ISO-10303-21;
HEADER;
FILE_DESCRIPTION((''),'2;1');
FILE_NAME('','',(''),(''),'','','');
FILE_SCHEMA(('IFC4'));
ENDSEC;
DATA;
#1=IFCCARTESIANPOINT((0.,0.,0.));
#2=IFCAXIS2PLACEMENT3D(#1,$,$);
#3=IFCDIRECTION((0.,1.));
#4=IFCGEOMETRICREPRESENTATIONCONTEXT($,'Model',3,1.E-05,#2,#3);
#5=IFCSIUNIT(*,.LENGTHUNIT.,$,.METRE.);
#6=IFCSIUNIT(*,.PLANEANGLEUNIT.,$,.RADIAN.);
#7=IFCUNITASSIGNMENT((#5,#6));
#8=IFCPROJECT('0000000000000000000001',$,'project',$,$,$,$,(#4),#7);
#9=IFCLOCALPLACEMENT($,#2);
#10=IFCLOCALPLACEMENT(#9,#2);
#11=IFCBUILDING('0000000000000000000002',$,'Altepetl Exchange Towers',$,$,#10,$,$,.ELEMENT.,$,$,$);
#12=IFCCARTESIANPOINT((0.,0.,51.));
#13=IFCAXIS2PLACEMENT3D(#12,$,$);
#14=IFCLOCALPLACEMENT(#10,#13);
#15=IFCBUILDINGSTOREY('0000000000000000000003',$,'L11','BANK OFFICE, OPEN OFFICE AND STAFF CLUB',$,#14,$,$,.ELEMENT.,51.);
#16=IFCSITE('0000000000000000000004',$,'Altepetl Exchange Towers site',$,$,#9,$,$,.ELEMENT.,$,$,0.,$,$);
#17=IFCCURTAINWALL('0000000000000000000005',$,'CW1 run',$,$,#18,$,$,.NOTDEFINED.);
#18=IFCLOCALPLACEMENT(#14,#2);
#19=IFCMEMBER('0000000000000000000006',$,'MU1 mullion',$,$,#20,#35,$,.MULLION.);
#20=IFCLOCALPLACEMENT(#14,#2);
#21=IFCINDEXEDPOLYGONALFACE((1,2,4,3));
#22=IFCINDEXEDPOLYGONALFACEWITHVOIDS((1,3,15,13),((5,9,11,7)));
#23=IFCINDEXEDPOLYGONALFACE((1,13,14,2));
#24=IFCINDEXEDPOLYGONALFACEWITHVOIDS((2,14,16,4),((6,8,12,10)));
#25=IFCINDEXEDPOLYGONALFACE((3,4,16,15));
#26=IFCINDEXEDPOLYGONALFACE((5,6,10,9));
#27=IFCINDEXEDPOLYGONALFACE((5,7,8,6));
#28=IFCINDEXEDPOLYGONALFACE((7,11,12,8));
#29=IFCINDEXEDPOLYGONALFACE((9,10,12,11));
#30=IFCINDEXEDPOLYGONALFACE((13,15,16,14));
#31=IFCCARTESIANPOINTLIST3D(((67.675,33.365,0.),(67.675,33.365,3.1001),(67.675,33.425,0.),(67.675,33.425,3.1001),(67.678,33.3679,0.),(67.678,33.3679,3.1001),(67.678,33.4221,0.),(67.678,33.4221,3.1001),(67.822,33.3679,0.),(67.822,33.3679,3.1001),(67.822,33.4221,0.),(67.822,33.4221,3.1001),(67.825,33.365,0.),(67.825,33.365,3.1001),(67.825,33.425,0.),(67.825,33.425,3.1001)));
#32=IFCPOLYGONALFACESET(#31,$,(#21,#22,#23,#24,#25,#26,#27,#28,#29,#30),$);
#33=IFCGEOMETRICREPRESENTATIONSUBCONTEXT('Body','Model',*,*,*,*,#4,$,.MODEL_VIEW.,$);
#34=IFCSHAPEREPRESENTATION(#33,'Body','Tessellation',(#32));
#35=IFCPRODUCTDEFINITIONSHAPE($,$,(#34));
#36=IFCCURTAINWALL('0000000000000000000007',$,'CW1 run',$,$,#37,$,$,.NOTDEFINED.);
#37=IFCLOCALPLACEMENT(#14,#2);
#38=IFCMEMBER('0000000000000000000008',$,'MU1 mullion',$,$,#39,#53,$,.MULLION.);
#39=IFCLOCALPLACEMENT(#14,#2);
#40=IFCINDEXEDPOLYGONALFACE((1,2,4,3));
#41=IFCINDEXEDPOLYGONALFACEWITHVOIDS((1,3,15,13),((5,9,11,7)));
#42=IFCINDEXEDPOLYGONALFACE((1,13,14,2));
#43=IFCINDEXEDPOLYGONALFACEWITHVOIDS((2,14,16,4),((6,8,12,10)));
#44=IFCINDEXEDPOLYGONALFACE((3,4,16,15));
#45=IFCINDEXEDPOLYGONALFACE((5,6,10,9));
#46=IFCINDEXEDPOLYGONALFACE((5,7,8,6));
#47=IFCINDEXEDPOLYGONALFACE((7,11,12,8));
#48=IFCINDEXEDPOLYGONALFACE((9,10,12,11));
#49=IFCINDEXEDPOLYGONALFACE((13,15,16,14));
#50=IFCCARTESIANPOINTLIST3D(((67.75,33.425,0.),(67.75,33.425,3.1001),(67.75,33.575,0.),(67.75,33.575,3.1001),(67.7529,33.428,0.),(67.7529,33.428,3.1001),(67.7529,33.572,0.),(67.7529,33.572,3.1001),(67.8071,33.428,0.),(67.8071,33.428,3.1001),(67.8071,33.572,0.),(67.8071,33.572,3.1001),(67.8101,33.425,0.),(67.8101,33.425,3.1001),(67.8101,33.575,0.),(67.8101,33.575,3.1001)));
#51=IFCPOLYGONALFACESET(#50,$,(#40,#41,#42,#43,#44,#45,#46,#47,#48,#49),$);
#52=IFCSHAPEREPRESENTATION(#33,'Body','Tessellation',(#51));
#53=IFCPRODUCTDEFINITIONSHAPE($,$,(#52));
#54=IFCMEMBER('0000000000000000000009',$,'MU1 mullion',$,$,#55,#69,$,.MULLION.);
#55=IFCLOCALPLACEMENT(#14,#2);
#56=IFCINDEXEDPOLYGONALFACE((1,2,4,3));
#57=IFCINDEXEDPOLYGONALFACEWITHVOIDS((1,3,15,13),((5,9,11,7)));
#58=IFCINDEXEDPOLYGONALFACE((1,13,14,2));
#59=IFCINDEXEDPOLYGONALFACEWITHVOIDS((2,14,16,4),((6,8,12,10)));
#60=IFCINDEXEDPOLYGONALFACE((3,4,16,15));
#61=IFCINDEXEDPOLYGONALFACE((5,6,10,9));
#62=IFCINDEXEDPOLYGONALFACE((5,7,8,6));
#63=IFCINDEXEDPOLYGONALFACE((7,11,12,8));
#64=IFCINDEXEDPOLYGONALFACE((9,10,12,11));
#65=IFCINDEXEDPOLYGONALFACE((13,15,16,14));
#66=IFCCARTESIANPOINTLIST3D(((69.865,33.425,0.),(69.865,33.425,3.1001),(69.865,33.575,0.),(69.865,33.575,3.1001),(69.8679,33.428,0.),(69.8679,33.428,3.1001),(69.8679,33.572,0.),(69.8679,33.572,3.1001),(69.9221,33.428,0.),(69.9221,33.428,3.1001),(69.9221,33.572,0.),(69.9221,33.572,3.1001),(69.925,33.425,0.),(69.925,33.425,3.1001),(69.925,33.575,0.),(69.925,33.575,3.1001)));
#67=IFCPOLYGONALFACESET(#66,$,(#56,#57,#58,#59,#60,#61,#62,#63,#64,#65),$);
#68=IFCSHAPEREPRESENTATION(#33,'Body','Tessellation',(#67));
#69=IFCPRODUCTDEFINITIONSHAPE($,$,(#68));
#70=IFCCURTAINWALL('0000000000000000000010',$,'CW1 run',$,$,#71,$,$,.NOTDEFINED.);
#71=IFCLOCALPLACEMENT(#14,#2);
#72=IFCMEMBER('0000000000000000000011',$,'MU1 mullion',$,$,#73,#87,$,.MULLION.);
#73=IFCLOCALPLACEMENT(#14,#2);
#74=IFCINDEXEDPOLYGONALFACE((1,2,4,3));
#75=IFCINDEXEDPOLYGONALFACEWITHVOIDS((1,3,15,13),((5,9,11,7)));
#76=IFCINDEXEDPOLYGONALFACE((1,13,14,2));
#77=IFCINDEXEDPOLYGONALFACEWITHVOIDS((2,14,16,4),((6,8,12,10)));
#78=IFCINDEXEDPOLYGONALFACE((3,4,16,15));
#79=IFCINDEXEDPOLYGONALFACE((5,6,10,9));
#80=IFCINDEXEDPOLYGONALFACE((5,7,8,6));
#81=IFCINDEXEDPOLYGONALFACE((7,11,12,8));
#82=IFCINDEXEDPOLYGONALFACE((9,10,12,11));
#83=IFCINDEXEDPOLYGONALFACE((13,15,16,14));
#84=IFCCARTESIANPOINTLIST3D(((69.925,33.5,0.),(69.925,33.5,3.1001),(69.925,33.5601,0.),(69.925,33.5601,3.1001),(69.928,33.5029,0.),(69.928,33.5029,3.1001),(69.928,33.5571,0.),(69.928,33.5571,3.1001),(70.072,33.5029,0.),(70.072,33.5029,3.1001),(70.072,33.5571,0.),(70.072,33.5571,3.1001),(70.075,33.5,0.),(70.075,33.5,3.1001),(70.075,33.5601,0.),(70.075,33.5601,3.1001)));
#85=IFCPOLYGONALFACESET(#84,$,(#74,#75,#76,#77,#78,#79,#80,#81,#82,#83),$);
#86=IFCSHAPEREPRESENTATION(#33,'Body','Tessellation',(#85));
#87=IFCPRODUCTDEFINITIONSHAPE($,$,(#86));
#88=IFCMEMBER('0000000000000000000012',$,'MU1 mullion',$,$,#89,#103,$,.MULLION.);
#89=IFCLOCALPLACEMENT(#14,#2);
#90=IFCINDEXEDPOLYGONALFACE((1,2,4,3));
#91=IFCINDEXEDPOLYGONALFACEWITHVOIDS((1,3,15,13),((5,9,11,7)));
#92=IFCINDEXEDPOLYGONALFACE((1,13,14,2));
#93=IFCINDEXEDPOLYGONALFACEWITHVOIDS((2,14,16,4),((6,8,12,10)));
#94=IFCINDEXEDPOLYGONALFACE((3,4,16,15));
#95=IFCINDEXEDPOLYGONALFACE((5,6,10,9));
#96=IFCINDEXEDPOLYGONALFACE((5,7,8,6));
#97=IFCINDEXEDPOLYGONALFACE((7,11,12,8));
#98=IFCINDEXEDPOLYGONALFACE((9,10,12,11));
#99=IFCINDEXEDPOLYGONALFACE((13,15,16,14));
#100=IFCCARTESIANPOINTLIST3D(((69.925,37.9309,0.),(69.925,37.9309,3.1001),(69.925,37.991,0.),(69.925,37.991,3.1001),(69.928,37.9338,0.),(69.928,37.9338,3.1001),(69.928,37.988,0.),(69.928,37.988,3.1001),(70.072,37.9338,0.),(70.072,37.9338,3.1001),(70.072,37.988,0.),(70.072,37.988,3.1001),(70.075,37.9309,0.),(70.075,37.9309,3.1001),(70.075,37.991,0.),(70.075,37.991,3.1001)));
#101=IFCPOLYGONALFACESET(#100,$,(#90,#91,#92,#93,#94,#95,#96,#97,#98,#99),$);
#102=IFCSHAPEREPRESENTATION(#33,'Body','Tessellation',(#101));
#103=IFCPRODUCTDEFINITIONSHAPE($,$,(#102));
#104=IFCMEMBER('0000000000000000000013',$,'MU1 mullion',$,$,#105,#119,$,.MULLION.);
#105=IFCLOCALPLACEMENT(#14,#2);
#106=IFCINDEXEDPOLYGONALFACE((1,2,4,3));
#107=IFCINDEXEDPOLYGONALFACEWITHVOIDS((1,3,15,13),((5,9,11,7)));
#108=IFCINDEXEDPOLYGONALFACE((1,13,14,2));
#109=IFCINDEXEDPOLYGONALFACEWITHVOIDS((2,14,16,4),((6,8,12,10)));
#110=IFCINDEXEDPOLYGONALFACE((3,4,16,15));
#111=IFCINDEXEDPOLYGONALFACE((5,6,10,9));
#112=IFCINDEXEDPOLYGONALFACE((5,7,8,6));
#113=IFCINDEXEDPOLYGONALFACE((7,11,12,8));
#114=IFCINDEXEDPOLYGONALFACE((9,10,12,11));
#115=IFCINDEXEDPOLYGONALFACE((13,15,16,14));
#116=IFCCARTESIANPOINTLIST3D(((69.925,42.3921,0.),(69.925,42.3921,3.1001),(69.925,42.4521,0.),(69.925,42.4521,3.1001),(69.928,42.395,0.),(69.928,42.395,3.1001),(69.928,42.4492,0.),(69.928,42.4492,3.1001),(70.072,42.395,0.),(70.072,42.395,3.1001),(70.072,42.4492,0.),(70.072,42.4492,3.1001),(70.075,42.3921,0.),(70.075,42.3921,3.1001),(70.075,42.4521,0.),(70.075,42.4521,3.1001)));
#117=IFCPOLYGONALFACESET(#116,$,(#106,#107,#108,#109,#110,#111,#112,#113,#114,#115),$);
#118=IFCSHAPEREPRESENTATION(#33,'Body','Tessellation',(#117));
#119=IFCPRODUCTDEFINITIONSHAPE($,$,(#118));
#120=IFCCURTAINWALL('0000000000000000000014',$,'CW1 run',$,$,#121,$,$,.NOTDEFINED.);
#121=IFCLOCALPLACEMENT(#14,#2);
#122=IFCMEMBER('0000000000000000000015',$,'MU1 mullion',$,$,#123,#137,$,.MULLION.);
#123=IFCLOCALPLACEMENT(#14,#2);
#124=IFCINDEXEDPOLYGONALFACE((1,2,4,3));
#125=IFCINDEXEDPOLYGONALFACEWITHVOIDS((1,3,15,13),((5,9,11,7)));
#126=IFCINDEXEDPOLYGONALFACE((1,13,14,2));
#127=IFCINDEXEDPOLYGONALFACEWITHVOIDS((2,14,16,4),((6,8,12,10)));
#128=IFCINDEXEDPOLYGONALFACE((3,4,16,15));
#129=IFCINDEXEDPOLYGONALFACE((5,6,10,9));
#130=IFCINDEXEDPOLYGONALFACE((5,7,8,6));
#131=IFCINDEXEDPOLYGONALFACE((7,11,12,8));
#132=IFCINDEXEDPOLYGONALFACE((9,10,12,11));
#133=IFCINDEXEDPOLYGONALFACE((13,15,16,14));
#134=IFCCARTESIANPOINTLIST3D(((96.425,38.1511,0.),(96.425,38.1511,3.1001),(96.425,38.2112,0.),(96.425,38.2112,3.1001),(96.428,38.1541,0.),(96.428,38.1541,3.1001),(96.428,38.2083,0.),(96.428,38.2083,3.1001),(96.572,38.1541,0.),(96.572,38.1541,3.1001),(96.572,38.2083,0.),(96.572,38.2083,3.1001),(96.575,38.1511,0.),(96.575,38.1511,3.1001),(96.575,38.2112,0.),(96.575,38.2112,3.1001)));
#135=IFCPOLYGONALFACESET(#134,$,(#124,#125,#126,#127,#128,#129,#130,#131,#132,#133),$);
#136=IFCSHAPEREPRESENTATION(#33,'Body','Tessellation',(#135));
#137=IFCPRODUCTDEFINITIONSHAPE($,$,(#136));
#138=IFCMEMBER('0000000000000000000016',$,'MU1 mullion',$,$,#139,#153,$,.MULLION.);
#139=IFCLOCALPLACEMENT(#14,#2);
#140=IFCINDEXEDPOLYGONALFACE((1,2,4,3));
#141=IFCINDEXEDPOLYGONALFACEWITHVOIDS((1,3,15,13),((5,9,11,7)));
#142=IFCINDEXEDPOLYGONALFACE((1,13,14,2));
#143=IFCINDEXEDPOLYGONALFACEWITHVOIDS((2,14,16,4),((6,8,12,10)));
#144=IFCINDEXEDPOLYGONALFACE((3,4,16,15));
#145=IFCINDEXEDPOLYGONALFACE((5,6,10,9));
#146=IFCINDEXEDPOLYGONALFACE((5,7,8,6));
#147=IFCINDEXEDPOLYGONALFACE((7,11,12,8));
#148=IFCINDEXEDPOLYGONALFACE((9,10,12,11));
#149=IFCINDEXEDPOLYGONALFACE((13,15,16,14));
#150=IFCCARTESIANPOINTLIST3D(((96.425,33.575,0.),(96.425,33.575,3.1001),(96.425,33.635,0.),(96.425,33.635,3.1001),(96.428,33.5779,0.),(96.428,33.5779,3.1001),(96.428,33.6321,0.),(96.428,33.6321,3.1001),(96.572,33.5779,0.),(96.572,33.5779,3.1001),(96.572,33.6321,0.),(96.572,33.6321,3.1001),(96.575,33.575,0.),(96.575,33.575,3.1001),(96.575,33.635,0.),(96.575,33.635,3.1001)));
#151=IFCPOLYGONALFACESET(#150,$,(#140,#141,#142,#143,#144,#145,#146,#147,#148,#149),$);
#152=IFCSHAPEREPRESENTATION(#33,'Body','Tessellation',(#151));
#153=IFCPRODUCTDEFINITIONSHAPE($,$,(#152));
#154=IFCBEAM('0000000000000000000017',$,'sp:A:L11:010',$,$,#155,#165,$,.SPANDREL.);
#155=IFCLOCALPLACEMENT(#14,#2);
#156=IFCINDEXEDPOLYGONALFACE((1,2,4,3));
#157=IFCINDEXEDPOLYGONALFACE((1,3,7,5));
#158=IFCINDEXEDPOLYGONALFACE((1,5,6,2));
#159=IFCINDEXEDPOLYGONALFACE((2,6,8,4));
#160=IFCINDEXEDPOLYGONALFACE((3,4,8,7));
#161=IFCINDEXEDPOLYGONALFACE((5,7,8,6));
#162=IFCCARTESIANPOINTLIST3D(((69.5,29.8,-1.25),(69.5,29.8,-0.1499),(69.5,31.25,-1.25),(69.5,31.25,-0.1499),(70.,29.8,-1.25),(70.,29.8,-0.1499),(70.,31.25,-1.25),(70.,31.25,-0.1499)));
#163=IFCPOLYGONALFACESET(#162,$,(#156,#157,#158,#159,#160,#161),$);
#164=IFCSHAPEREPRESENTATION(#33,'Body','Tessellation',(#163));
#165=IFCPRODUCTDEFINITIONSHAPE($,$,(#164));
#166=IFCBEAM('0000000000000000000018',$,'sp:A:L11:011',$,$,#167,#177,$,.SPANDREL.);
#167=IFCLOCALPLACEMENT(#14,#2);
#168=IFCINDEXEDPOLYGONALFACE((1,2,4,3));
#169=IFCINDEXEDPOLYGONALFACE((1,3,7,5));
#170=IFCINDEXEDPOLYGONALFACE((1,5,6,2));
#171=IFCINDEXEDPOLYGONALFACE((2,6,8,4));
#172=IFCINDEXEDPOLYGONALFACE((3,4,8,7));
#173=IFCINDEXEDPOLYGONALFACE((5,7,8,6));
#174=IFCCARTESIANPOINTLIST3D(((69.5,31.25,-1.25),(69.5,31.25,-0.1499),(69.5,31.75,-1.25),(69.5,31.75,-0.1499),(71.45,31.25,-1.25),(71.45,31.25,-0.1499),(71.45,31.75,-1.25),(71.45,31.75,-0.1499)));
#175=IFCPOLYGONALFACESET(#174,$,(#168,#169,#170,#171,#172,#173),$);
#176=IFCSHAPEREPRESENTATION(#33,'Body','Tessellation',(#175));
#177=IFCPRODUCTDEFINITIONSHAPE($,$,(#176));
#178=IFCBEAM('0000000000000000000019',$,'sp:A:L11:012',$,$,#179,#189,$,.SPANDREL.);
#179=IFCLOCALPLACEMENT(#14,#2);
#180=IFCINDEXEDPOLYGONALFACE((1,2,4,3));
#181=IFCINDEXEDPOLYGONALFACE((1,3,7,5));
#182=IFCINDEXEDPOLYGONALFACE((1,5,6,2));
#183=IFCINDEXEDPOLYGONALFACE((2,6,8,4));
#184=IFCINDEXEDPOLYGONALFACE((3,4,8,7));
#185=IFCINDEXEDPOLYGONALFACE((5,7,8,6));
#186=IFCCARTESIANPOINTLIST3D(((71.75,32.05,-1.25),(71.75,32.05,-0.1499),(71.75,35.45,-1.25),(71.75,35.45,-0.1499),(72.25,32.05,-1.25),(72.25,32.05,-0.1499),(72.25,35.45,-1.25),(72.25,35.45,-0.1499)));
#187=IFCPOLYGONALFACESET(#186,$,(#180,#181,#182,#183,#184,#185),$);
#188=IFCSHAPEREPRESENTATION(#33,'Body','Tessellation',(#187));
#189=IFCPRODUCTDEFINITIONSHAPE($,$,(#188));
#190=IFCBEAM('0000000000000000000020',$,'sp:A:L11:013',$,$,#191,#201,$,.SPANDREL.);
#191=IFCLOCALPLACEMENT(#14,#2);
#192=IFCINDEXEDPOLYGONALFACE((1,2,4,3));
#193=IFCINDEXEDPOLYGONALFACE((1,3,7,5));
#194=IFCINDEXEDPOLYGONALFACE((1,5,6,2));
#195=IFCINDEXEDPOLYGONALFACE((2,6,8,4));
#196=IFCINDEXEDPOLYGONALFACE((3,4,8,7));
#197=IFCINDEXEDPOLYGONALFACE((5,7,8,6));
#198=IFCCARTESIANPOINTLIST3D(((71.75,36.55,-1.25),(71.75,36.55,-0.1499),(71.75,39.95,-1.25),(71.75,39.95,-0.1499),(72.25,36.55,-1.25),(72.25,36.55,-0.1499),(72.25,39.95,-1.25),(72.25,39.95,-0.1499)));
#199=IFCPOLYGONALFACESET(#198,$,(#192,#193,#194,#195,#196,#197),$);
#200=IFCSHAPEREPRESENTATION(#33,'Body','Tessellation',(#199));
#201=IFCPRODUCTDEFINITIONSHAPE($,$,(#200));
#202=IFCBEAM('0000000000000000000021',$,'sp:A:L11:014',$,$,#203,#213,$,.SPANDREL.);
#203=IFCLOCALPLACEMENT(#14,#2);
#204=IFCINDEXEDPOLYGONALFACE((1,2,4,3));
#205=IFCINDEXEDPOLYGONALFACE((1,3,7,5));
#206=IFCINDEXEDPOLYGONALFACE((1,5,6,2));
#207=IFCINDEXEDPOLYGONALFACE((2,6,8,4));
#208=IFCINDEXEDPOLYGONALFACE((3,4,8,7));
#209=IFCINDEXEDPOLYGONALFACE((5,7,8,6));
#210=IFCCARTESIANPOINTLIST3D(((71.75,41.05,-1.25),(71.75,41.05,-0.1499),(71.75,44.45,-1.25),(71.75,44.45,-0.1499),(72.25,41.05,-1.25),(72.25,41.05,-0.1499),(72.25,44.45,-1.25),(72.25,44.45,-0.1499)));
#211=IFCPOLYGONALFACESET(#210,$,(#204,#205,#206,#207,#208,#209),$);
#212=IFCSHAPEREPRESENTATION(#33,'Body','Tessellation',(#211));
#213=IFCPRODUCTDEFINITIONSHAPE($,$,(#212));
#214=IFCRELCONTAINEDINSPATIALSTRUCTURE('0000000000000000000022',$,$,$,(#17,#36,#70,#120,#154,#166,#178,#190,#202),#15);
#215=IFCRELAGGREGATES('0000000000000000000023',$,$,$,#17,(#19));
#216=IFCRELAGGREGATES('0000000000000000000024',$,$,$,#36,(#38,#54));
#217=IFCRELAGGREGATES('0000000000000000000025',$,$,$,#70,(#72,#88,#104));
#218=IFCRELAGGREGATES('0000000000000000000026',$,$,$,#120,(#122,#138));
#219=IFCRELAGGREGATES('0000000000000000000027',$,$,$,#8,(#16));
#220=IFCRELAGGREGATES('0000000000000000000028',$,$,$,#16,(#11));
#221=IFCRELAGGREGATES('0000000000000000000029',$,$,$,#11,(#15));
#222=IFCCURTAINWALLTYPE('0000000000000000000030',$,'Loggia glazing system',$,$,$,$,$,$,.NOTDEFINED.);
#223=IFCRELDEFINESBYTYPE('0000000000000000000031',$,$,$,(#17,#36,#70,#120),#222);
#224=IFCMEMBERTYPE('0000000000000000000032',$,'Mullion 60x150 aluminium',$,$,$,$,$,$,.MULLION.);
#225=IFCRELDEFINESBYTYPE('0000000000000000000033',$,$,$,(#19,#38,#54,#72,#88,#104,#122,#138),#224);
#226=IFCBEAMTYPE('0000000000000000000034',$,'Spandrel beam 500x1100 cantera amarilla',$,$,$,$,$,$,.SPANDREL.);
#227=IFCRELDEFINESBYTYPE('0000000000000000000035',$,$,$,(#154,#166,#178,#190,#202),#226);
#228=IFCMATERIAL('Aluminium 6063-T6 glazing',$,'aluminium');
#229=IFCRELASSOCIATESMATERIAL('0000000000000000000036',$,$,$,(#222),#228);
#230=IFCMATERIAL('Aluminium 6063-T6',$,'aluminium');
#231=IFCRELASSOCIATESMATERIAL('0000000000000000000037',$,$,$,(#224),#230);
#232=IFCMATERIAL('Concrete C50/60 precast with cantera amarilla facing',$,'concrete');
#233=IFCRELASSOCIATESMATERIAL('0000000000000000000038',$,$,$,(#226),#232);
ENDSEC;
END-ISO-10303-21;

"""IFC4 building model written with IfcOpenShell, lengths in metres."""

from ifc_helpers import new_model, si_unit, direction, frame, origin, origin_2d, place, context, subcontext, project, spatial, rectangle, hollow_rectangle, extrude, material, material_profile, profile_set, type_object, element, aggregate, save


model = new_model("IFC4")

# Units and contexts
model_context = context("Model", 3, precision=1e-05, world=origin(), true_north=direction((0.0, 1.0)))
body_context = subcontext(model_context, "Body", "Model", "MODEL_VIEW")
ifc_project = project(units=[si_unit("LENGTHUNIT", "METRE"), si_unit("PLANEANGLEUNIT", "RADIAN")], contexts=[model_context])

# Site, building, storey
site_placement = place(None, origin())
site = spatial("IfcSite", under=ifc_project, at=site_placement, Name="Altepetl Exchange Towers site", CompositionType="ELEMENT", RefElevation=0.0)
building_placement = place(site_placement, origin())
building = spatial("IfcBuilding", under=site, at=building_placement, Name="Altepetl Exchange Towers", CompositionType="ELEMENT")
storey_placement = place(building_placement, frame((0.0, 0.0, 51.0)))
storey = spatial("IfcBuildingStorey", under=building, at=storey_placement, Name="L11", Description="BANK OFFICE, OPEN OFFICE AND STAFF CLUB", CompositionType="ELEMENT", Elevation=51.0)

# Shared definitions
ifc_material_1 = material(Name="Aluminium 6063-T6 glazing", Category="aluminium")
curtain_wall_type = type_object("IfcCurtainWallType", Name="Loggia glazing system", PredefinedType="NOTDEFINED", material=ifc_material_1)
ifc_material_2 = material(Name="Aluminium 6063-T6", Category="aluminium")
ifc_material_profile_1 = material_profile(ifc_material_2, hollow_rectangle(XDim=0.0601, YDim=0.1499, WallThickness=0.0029, at=origin_2d()), Name="Mullion 60x150 aluminium")
ifc_profile_set_1 = profile_set([ifc_material_profile_1], Name="Aluminium 6063-T6")
member_type = type_object("IfcMemberType", Name="Mullion 60x150 aluminium", PredefinedType="MULLION", material=ifc_profile_set_1)

# Curtain walls, members
curtain_wall_1_placement = place(storey_placement, origin())
curtain_wall_1 = element("IfcCurtainWall", 1, at=curtain_wall_1_placement, inside=storey, type_object=curtain_wall_type, Name="CW1 run", PredefinedType="NOTDEFINED")
member_1_placement = place(storey_placement, frame((67.75, 33.395, 0.0), z_axis=(0.0, 0.0, 1.0), x_axis=(0.0, 1.0, 0.0)))
member_1 = element("IfcMember", 2, at=member_1_placement, type_object=member_type, Name="MU1 mullion", PredefinedType="MULLION", context=body_context, shape_type="SweptSolid", body=[
    extrude(hollow_rectangle(XDim=0.0601, YDim=0.1499, WallThickness=0.0029, at=origin_2d()), origin(), (0.0, 0.0, 1.0), 3.1001),
])
curtain_wall_2_placement = place(storey_placement, origin())
curtain_wall_2 = element("IfcCurtainWall", 3, at=curtain_wall_2_placement, inside=storey, type_object=curtain_wall_type, Name="CW1 run", PredefinedType="NOTDEFINED")
member_2_placement = place(storey_placement, frame((67.78, 33.5, 0.0)))
member_2 = element("IfcMember", 4, at=member_2_placement, type_object=member_type, Name="MU1 mullion", PredefinedType="MULLION", context=body_context, shape_type="SweptSolid", body=[
    extrude(hollow_rectangle(XDim=0.0601, YDim=0.1499, WallThickness=0.0029, at=origin_2d()), origin(), (0.0, 0.0, 1.0), 3.1001),
])
member_3_placement = place(storey_placement, frame((69.895, 33.5, 0.0)))
member_3 = element("IfcMember", 5, at=member_3_placement, type_object=member_type, Name="MU1 mullion", PredefinedType="MULLION", context=body_context, shape_type="SweptSolid", body=[
    extrude(hollow_rectangle(XDim=0.0601, YDim=0.1499, WallThickness=0.0029, at=origin_2d()), origin(), (0.0, 0.0, 1.0), 3.1001),
])
curtain_wall_3_placement = place(storey_placement, origin())
curtain_wall_3 = element("IfcCurtainWall", 6, at=curtain_wall_3_placement, inside=storey, type_object=curtain_wall_type, Name="CW1 run", PredefinedType="NOTDEFINED")
member_4_placement = place(storey_placement, frame((70.0, 33.53, 0.0), z_axis=(0.0, 0.0, 1.0), x_axis=(0.0, 1.0, 0.0)))
member_4 = element("IfcMember", 7, at=member_4_placement, type_object=member_type, Name="MU1 mullion", PredefinedType="MULLION", context=body_context, shape_type="SweptSolid", body=[
    extrude(hollow_rectangle(XDim=0.0601, YDim=0.1499, WallThickness=0.0029, at=origin_2d()), origin(), (0.0, 0.0, 1.0), 3.1001),
])
member_5_placement = place(storey_placement, frame((70.0, 37.9609, 0.0), z_axis=(0.0, 0.0, 1.0), x_axis=(0.0, 1.0, 0.0)))
member_5 = element("IfcMember", 8, at=member_5_placement, type_object=member_type, Name="MU1 mullion", PredefinedType="MULLION", context=body_context, shape_type="SweptSolid", body=[
    extrude(hollow_rectangle(XDim=0.0601, YDim=0.1499, WallThickness=0.0029, at=origin_2d()), origin(), (0.0, 0.0, 1.0), 3.1001),
])
member_6_placement = place(storey_placement, frame((70.0, 42.4221, 0.0), z_axis=(0.0, 0.0, 1.0), x_axis=(0.0, 1.0, 0.0)))
member_6 = element("IfcMember", 9, at=member_6_placement, type_object=member_type, Name="MU1 mullion", PredefinedType="MULLION", context=body_context, shape_type="SweptSolid", body=[
    extrude(hollow_rectangle(XDim=0.0601, YDim=0.1499, WallThickness=0.0029, at=origin_2d()), origin(), (0.0, 0.0, 1.0), 3.1001),
])
curtain_wall_4_placement = place(storey_placement, origin())
curtain_wall_4 = element("IfcCurtainWall", 10, at=curtain_wall_4_placement, inside=storey, type_object=curtain_wall_type, Name="CW1 run", PredefinedType="NOTDEFINED")
member_7_placement = place(storey_placement, frame((96.5, 38.1812, 0.0), z_axis=(0.0, 0.0, 1.0), x_axis=(0.0, -1.0, 0.0)))
member_7 = element("IfcMember", 11, at=member_7_placement, type_object=member_type, Name="MU1 mullion", PredefinedType="MULLION", context=body_context, shape_type="SweptSolid", body=[
    extrude(hollow_rectangle(XDim=0.0601, YDim=0.1499, WallThickness=0.0029, at=origin_2d()), origin(), (0.0, 0.0, 1.0), 3.1001),
])
member_8_placement = place(storey_placement, frame((96.5, 33.605, 0.0), z_axis=(0.0, 0.0, 1.0), x_axis=(0.0, -1.0, 0.0)))
member_8 = element("IfcMember", 12, at=member_8_placement, type_object=member_type, Name="MU1 mullion", PredefinedType="MULLION", context=body_context, shape_type="SweptSolid", body=[
    extrude(hollow_rectangle(XDim=0.0601, YDim=0.1499, WallThickness=0.0029, at=origin_2d()), origin(), (0.0, 0.0, 1.0), 3.1001),
])

# Beams
ifc_material_3 = material(Name="Concrete C50/60 precast with cantera amarilla facing", Category="concrete")
ifc_material_profile_2 = material_profile(ifc_material_3, rectangle(XDim=0.5, YDim=1.1001, at=origin_2d()), Name="500 x 1100")
ifc_profile_set_2 = profile_set([ifc_material_profile_2], Name="Concrete C50/60 precast with cantera amarilla facing")
beam_type_1 = type_object("IfcBeamType", Name="Spandrel beam 500x1100 cantera amarilla", PredefinedType="SPANDREL", material=ifc_profile_set_2)
beam_1_placement = place(storey_placement, frame((69.75, 29.8, -0.7), z_axis=(0.0, 1.0, 0.0), x_axis=(-1.0, 0.0, 0.0)))
element("IfcBeam", 13, at=beam_1_placement, inside=storey, type_object=beam_type_1, Name="sp:A:L11:010", PredefinedType="SPANDREL", context=body_context, shape_type="SweptSolid", body=[
    extrude(rectangle(XDim=0.5, YDim=1.1001, at=origin_2d()), origin(), (0.0, 0.0, 1.0), 1.45),
])
beam_2_placement = place(storey_placement, frame((69.5, 31.5, -0.7), z_axis=(1.0, 0.0, 0.0), x_axis=(0.0, 1.0, 0.0)))
element("IfcBeam", 14, at=beam_2_placement, inside=storey, type_object=beam_type_1, Name="sp:A:L11:011", PredefinedType="SPANDREL", context=body_context, shape_type="SweptSolid", body=[
    extrude(rectangle(XDim=0.5, YDim=1.1001, at=origin_2d()), origin(), (0.0, 0.0, 1.0), 1.95),
])
for number, where, z_axis, x_axis, name in (
    (15, (72.0, 32.05, -0.7), (0.0, 1.0, 0.0), (-1.0, 0.0, 0.0), "sp:A:L11:012"),
    (16, (72.0, 36.55, -0.7), (0.0, 1.0, 0.0), (-1.0, 0.0, 0.0), "sp:A:L11:013"),
    (17, (72.0, 41.05, -0.7), (0.0, 1.0, 0.0), (-1.0, 0.0, 0.0), "sp:A:L11:014"),
):
    element("IfcBeam", number, at=place(storey_placement, frame(where, z_axis=z_axis, x_axis=x_axis)), inside=storey, type_object=beam_type_1, Name=name, PredefinedType="SPANDREL", context=body_context, shape_type="SweptSolid", body=[
        extrude(rectangle(XDim=0.5, YDim=1.1001, at=origin_2d()), origin(), (0.0, 0.0, 1.0), 3.3999),
    ])

aggregate(curtain_wall_1, [member_1])
aggregate(curtain_wall_2, [member_2, member_3])
aggregate(curtain_wall_3, [member_4, member_5, member_6])
aggregate(curtain_wall_4, [member_7, member_8])

save(model, "model.ifc")
